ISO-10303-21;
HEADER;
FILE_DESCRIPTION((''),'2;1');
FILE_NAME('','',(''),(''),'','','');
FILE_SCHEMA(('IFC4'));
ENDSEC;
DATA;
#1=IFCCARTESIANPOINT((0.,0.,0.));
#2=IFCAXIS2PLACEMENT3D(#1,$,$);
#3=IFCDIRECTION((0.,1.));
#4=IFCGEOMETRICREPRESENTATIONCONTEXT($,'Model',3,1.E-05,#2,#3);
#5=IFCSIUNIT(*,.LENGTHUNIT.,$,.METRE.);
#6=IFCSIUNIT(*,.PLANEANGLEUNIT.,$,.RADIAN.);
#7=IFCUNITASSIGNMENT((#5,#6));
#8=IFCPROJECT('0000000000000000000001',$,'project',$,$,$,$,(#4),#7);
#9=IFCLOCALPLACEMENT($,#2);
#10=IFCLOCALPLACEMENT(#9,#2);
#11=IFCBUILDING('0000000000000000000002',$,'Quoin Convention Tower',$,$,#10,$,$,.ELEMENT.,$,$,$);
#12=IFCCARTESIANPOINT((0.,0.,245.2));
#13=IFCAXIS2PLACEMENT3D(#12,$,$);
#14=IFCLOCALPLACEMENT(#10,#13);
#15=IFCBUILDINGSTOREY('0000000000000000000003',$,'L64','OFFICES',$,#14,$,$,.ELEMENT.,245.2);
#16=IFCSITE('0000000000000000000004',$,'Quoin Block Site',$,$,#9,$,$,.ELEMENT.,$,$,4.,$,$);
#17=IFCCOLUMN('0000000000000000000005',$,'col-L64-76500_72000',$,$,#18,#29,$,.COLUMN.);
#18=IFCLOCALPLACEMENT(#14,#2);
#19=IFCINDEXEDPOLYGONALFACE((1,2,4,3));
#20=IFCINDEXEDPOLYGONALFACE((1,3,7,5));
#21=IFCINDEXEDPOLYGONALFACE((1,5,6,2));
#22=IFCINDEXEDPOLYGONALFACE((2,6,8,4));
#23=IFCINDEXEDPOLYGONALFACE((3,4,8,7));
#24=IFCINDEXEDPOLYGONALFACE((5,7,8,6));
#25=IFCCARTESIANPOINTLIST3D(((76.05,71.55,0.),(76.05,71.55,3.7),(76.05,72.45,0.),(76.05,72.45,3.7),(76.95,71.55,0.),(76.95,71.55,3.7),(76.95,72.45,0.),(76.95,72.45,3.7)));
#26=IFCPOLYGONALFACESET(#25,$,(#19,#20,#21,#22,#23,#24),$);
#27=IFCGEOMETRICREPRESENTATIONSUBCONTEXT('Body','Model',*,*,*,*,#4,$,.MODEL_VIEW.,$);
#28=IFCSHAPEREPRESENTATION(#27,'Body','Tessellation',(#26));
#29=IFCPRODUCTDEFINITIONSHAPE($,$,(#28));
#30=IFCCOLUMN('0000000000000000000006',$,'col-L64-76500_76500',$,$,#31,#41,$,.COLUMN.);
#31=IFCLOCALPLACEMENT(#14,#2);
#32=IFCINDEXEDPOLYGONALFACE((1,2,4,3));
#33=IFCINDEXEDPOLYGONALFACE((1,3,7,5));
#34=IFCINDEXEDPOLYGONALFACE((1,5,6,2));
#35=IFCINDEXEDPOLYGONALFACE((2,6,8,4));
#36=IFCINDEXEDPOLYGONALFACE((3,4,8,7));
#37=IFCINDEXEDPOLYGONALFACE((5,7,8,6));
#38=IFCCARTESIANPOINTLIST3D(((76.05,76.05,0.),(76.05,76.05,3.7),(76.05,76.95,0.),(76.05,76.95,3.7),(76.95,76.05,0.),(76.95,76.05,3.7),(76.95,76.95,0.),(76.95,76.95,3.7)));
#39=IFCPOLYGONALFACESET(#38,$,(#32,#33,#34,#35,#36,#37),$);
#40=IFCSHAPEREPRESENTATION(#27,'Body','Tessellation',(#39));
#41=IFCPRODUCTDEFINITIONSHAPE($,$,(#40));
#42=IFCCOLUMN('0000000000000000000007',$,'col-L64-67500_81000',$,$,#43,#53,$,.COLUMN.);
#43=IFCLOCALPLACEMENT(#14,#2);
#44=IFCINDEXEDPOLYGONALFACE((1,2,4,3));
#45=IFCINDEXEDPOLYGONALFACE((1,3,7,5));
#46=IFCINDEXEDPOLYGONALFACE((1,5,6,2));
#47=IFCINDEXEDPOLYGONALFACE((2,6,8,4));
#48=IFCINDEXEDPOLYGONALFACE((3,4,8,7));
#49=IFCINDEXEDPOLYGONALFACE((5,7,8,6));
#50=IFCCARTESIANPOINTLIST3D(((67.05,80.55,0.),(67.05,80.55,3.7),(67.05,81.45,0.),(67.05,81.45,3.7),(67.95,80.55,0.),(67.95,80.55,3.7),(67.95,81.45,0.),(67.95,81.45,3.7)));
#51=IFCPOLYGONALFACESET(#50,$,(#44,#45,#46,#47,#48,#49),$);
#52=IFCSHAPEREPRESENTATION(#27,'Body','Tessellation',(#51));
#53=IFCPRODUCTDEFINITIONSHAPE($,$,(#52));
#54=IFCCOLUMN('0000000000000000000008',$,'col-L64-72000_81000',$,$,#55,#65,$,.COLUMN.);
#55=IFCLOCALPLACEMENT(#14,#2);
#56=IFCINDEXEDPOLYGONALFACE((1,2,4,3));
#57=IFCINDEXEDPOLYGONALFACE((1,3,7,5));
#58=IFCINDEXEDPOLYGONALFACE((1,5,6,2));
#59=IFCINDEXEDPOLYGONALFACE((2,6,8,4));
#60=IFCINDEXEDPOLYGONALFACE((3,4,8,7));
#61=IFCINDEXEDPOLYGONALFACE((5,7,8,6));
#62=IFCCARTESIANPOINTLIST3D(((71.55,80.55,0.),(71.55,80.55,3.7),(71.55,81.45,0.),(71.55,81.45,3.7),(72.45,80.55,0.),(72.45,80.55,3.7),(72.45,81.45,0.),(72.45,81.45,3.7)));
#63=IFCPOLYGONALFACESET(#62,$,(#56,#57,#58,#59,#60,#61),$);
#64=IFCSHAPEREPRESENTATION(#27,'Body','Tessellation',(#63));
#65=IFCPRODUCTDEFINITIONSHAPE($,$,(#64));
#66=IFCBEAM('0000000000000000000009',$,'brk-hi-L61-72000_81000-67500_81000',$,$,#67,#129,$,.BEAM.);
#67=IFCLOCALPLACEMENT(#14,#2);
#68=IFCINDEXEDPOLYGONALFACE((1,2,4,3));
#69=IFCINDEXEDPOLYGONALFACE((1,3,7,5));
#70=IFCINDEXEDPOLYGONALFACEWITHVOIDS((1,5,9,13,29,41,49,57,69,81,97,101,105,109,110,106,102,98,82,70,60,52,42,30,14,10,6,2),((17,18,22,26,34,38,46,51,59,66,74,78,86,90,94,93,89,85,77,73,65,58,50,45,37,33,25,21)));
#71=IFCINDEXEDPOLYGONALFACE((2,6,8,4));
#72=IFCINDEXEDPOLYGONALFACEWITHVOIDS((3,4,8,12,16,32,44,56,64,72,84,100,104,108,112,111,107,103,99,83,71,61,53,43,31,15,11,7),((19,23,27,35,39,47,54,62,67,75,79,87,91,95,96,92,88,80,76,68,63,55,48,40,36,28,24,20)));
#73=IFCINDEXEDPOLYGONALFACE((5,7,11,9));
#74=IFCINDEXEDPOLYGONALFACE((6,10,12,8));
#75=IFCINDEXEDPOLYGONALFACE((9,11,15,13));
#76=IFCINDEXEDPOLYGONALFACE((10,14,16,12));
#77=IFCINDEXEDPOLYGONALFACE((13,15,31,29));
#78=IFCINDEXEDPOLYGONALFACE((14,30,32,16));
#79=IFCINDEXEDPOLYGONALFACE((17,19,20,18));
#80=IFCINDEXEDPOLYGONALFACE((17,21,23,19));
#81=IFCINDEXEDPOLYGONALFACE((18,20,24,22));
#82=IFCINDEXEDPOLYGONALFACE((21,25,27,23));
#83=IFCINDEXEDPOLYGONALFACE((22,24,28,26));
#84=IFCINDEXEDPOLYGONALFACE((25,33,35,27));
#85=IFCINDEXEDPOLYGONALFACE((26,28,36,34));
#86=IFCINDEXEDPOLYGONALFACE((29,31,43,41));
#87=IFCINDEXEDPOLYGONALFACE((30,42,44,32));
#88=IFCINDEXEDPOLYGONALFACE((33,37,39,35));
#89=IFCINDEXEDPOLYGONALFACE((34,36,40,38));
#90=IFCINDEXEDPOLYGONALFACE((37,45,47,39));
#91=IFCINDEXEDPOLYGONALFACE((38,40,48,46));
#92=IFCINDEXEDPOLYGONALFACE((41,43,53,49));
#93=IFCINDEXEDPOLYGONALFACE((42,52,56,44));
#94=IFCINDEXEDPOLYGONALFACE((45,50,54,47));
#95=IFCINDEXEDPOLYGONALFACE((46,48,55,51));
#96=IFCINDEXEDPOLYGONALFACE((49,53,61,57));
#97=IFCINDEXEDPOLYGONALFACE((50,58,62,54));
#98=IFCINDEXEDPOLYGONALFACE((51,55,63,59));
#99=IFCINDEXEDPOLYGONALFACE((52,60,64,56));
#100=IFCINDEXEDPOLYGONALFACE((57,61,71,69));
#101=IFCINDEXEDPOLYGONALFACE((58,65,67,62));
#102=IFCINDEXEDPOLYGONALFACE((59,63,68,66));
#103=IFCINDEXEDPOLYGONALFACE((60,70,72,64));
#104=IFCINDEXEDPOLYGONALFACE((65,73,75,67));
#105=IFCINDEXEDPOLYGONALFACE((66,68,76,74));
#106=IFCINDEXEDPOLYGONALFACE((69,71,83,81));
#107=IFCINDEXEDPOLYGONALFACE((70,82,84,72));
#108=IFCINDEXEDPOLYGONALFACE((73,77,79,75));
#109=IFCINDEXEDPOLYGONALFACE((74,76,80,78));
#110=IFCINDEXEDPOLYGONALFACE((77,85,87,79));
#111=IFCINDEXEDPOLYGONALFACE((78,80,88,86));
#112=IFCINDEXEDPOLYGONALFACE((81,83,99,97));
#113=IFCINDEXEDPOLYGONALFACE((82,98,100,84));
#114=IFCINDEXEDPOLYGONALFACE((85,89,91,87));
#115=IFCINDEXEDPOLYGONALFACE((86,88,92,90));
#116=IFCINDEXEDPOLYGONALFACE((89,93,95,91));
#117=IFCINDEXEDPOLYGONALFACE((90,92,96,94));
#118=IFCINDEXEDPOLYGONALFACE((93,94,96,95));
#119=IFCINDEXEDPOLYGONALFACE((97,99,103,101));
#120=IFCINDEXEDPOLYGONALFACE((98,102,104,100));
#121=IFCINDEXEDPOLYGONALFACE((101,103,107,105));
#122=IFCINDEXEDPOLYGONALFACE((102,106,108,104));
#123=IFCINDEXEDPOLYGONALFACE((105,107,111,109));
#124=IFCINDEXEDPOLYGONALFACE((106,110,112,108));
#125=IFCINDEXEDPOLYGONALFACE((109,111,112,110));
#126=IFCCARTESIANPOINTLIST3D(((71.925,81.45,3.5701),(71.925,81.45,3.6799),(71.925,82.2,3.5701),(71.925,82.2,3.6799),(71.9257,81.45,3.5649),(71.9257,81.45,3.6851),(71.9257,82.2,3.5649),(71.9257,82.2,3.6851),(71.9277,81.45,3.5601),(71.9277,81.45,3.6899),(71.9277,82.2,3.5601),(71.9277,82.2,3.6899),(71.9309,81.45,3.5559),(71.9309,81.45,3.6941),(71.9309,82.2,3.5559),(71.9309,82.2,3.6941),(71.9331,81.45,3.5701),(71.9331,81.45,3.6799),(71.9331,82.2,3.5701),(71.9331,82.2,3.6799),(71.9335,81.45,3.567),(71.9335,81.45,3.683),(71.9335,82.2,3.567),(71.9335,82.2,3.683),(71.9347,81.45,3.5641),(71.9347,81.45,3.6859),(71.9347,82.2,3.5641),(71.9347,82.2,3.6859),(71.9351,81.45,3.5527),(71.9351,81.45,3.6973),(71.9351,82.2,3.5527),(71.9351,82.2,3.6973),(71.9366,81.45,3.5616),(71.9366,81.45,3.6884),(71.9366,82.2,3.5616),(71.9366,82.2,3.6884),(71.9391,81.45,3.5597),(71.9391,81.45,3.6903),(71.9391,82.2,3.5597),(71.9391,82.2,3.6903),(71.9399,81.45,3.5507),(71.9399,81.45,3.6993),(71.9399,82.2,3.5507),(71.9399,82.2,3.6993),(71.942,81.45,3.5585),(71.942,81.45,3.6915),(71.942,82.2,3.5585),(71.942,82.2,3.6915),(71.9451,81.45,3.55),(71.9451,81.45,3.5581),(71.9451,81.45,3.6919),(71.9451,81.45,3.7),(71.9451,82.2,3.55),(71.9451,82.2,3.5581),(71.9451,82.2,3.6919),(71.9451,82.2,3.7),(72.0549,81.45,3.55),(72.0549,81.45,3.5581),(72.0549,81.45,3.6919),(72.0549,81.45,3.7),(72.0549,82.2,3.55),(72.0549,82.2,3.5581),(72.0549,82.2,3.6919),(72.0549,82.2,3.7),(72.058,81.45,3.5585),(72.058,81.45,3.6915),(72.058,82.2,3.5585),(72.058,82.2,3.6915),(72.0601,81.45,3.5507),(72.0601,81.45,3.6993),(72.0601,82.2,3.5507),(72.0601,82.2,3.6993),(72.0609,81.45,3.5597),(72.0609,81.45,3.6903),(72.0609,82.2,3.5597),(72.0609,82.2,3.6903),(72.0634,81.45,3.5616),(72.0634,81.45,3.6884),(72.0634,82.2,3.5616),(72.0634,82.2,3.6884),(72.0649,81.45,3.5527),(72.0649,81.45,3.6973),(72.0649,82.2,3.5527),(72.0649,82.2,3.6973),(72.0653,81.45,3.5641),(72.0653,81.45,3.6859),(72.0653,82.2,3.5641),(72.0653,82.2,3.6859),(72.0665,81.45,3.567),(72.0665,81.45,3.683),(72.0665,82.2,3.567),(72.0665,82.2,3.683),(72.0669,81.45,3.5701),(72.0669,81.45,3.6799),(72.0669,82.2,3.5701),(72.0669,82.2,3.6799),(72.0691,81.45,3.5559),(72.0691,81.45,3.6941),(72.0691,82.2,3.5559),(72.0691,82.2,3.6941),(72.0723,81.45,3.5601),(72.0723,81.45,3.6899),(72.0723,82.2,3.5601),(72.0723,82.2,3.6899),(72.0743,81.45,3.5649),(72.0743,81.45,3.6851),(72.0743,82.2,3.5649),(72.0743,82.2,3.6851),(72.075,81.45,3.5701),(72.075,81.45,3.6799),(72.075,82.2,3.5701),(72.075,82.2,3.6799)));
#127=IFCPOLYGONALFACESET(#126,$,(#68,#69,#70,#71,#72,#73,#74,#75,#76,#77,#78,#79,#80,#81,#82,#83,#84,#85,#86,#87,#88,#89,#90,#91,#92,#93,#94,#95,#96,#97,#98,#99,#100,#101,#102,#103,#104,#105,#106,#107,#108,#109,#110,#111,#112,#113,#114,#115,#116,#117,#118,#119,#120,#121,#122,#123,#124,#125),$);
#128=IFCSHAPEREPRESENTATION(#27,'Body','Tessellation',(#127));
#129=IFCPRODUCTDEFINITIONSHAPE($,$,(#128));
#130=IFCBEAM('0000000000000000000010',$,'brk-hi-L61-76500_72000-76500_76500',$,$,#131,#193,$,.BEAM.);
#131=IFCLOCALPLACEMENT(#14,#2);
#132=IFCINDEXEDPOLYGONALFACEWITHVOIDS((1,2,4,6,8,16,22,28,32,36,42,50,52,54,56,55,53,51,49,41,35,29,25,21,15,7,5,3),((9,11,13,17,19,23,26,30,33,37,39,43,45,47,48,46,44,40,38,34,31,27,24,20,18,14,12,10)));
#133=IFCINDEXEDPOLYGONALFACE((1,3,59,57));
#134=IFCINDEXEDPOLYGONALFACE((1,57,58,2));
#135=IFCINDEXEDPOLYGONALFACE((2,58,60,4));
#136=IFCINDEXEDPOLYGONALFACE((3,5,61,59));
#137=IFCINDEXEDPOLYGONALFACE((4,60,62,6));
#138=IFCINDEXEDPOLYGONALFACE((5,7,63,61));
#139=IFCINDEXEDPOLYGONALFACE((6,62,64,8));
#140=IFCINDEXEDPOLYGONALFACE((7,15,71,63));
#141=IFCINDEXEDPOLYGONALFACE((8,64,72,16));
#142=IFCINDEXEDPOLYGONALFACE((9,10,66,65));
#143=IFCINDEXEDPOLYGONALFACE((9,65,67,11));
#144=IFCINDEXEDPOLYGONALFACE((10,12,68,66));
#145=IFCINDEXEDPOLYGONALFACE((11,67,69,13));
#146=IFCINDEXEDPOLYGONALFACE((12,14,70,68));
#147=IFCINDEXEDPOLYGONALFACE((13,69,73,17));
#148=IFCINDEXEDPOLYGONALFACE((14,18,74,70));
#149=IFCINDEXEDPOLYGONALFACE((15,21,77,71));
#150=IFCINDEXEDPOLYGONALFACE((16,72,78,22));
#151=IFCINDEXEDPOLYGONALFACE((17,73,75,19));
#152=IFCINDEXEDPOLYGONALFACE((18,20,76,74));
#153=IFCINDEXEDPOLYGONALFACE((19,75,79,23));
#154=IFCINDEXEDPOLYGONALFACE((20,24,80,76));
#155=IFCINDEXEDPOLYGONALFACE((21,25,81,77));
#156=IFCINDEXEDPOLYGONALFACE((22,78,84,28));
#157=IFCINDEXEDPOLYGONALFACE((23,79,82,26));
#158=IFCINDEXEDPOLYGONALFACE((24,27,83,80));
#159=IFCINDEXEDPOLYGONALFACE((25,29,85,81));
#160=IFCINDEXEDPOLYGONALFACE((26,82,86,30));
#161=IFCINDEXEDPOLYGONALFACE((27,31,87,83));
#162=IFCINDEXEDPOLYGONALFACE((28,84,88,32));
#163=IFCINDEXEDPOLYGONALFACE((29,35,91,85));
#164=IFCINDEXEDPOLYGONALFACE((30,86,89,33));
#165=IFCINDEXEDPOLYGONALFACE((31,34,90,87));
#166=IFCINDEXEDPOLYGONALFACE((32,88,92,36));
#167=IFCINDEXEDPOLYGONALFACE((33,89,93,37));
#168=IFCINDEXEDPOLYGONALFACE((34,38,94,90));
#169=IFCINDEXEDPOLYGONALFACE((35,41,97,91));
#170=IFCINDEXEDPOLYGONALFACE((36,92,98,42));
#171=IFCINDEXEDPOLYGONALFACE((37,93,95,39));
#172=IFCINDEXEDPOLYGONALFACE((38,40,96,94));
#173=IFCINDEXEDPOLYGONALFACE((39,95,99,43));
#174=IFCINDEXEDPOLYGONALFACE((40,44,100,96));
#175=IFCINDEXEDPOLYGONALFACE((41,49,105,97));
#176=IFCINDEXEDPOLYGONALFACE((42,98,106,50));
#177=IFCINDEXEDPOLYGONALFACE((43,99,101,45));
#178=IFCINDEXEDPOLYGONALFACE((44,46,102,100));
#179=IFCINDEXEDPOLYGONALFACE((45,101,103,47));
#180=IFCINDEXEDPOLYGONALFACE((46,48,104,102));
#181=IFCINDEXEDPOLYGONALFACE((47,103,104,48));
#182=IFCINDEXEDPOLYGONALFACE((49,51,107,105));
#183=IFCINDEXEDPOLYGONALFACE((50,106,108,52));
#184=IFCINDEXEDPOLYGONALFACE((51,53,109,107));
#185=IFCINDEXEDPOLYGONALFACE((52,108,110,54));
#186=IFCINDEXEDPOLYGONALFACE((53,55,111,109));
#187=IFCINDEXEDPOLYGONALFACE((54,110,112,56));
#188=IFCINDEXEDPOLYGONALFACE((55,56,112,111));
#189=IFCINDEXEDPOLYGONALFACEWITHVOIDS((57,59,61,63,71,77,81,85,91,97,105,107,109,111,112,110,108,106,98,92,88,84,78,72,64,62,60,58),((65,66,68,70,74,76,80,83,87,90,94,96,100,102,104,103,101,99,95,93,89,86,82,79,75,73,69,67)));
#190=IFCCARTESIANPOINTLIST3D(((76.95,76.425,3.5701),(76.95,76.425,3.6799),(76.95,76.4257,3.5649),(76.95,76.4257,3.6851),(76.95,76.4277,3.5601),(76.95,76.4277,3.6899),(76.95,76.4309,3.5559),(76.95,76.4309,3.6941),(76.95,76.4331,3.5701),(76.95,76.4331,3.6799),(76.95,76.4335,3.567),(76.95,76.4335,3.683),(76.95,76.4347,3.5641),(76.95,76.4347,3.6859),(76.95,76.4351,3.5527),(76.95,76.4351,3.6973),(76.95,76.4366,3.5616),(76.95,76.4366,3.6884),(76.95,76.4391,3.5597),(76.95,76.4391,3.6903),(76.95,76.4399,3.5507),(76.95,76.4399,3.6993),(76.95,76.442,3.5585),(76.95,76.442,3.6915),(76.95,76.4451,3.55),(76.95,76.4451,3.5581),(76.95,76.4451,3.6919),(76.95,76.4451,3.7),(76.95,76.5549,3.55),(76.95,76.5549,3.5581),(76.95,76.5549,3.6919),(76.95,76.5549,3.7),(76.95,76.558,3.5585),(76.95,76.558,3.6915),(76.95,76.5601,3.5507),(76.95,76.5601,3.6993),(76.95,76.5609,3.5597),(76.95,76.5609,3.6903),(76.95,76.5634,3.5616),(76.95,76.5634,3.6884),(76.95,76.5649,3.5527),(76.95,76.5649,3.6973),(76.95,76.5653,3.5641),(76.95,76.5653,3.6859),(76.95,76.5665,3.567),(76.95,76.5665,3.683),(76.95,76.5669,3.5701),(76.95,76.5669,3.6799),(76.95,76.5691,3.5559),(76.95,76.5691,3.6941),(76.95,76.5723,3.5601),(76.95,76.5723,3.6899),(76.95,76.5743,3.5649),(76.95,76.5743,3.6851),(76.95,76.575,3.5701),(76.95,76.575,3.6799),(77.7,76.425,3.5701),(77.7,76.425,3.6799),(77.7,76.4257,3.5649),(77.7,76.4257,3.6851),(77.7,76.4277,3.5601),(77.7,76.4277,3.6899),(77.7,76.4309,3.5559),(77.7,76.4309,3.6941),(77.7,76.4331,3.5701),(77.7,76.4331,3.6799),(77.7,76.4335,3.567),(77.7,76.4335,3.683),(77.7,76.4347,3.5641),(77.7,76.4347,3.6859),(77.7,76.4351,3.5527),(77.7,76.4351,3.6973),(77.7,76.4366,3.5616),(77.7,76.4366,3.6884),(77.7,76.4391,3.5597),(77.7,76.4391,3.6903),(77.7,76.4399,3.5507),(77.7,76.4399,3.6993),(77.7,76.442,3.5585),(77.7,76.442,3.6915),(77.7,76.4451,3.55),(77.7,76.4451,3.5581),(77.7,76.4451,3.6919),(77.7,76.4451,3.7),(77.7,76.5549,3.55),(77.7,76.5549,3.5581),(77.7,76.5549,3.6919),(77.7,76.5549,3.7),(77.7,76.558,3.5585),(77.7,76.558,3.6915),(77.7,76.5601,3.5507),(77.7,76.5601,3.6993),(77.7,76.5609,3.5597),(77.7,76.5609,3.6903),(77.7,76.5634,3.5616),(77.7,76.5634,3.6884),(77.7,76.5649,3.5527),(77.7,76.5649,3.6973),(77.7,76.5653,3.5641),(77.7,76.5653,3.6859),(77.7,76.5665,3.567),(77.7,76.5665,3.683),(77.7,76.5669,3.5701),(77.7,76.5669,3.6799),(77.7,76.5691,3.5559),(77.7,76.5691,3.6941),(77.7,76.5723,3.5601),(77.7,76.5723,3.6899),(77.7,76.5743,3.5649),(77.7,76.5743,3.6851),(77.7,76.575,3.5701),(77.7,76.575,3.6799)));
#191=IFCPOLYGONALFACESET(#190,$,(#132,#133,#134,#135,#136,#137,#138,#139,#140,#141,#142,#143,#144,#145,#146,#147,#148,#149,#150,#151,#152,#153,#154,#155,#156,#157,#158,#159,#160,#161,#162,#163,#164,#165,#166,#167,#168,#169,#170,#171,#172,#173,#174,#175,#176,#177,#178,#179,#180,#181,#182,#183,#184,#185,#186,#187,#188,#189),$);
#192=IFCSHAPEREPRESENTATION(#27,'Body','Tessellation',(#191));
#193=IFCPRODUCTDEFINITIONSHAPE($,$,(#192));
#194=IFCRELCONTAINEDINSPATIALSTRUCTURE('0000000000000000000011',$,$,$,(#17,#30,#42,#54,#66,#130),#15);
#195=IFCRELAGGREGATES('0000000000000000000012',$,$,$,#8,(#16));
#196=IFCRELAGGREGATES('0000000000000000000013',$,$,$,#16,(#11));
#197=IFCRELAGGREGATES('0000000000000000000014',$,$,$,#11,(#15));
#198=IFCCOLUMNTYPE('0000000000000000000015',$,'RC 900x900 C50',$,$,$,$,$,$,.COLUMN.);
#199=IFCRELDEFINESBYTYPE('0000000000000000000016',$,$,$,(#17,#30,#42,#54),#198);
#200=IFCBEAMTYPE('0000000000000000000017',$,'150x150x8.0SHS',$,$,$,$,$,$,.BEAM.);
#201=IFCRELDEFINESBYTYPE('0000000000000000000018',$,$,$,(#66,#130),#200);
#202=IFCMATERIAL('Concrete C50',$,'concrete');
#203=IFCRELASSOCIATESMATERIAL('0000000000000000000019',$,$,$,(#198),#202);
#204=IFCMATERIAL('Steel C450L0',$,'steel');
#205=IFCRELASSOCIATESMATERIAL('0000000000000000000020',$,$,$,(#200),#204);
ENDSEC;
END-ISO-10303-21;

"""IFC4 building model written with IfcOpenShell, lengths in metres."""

from ifc_helpers import new_model, si_unit, direction, frame, origin, origin_2d, place, context, subcontext, project, spatial, rectangle, hollow_rectangle, extrude, material, material_profile, profile_set, type_object, element, save


model = new_model("IFC4")

# Units and contexts
model_context = context("Model", 3, precision=1e-05, world=origin(), true_north=direction((0.0, 1.0)))
body_context = subcontext(model_context, "Body", "Model", "MODEL_VIEW")
ifc_project = project(units=[si_unit("LENGTHUNIT", "METRE"), si_unit("PLANEANGLEUNIT", "RADIAN")], contexts=[model_context])

# Site, building, storey
site_placement = place(None, origin())
site = spatial("IfcSite", under=ifc_project, at=site_placement, Name="Quoin Block Site", CompositionType="ELEMENT", RefElevation=4.0)
building_placement = place(site_placement, origin())
building = spatial("IfcBuilding", under=site, at=building_placement, Name="Quoin Convention Tower", CompositionType="ELEMENT")
storey_placement = place(building_placement, frame((0.0, 0.0, 245.2)))
storey = spatial("IfcBuildingStorey", under=building, at=storey_placement, Name="L64", Description="OFFICES", CompositionType="ELEMENT", Elevation=245.2)

# Columns
ifc_material_1 = material(Name="Concrete C50", Category="concrete")
ifc_material_profile_1 = material_profile(ifc_material_1, rectangle(XDim=0.8999, YDim=0.8999, at=origin_2d()), Name="RC 900x900")
ifc_profile_set_1 = profile_set([ifc_material_profile_1], Name="Concrete C50")
column_type = type_object("IfcColumnType", Name="RC 900x900 C50", PredefinedType="COLUMN", material=ifc_profile_set_1)
for number, where, z_axis, x_axis, name in (
    (1, (76.5, 72.0, 0.0), (0.0, 0.0, 1.0), (1.0, 0.0, 0.0), "col-L64-76500_72000"),
    (2, (76.5, 76.5, 0.0), (0.0, 0.0, 1.0), (1.0, 0.0, 0.0), "col-L64-76500_76500"),
    (3, (67.5, 81.0, 0.0), (0.0, 0.0, 1.0), (1.0, 0.0, 0.0), "col-L64-67500_81000"),
    (4, (72.0, 81.0, 0.0), (0.0, 0.0, 1.0), (1.0, 0.0, 0.0), "col-L64-72000_81000"),
):
    element("IfcColumn", number, at=place(storey_placement, frame(where, z_axis=z_axis, x_axis=x_axis)), inside=storey, type_object=column_type, Name=name, PredefinedType="COLUMN", context=body_context, shape_type="SweptSolid", body=[
        extrude(rectangle(XDim=0.8999, YDim=0.8999, at=origin_2d()), origin(), (0.0, 0.0, 1.0), 3.7),
    ])

# Beams
ifc_material_2 = material(Name="Steel C450L0", Category="steel")
ifc_material_profile_2 = material_profile(ifc_material_2, hollow_rectangle(XDim=0.1499, YDim=0.1499, WallThickness=0.0081, InnerFilletRadius=0.012, OuterFilletRadius=0.02, at=origin_2d()), Name="150x150x8.0SHS")
ifc_profile_set_2 = profile_set([ifc_material_profile_2], Name="Steel C450L0")
beam_type_1 = type_object("IfcBeamType", Name="150x150x8.0SHS", PredefinedType="BEAM", material=ifc_profile_set_2)
for number, where, z_axis, x_axis, name in (
    (5, (72.0, 81.45, 3.625), (0.0, 1.0, 0.0), (-1.0, 0.0, 0.0), "brk-hi-L61-72000_81000-67500_81000"),
    (6, (76.95, 76.5, 3.625), (1.0, 0.0, 0.0), (0.0, 1.0, 0.0), "brk-hi-L61-76500_72000-76500_76500"),
):
    element("IfcBeam", number, at=place(storey_placement, frame(where, z_axis=z_axis, x_axis=x_axis)), inside=storey, type_object=beam_type_1, Name=name, PredefinedType="BEAM", context=body_context, shape_type="SweptSolid", body=[
        extrude(hollow_rectangle(XDim=0.1499, YDim=0.1499, WallThickness=0.0081, InnerFilletRadius=0.012, OuterFilletRadius=0.02, at=origin_2d()), origin(), (0.0, 0.0, 1.0), 0.75),
    ])

save(model, "model.ifc")
